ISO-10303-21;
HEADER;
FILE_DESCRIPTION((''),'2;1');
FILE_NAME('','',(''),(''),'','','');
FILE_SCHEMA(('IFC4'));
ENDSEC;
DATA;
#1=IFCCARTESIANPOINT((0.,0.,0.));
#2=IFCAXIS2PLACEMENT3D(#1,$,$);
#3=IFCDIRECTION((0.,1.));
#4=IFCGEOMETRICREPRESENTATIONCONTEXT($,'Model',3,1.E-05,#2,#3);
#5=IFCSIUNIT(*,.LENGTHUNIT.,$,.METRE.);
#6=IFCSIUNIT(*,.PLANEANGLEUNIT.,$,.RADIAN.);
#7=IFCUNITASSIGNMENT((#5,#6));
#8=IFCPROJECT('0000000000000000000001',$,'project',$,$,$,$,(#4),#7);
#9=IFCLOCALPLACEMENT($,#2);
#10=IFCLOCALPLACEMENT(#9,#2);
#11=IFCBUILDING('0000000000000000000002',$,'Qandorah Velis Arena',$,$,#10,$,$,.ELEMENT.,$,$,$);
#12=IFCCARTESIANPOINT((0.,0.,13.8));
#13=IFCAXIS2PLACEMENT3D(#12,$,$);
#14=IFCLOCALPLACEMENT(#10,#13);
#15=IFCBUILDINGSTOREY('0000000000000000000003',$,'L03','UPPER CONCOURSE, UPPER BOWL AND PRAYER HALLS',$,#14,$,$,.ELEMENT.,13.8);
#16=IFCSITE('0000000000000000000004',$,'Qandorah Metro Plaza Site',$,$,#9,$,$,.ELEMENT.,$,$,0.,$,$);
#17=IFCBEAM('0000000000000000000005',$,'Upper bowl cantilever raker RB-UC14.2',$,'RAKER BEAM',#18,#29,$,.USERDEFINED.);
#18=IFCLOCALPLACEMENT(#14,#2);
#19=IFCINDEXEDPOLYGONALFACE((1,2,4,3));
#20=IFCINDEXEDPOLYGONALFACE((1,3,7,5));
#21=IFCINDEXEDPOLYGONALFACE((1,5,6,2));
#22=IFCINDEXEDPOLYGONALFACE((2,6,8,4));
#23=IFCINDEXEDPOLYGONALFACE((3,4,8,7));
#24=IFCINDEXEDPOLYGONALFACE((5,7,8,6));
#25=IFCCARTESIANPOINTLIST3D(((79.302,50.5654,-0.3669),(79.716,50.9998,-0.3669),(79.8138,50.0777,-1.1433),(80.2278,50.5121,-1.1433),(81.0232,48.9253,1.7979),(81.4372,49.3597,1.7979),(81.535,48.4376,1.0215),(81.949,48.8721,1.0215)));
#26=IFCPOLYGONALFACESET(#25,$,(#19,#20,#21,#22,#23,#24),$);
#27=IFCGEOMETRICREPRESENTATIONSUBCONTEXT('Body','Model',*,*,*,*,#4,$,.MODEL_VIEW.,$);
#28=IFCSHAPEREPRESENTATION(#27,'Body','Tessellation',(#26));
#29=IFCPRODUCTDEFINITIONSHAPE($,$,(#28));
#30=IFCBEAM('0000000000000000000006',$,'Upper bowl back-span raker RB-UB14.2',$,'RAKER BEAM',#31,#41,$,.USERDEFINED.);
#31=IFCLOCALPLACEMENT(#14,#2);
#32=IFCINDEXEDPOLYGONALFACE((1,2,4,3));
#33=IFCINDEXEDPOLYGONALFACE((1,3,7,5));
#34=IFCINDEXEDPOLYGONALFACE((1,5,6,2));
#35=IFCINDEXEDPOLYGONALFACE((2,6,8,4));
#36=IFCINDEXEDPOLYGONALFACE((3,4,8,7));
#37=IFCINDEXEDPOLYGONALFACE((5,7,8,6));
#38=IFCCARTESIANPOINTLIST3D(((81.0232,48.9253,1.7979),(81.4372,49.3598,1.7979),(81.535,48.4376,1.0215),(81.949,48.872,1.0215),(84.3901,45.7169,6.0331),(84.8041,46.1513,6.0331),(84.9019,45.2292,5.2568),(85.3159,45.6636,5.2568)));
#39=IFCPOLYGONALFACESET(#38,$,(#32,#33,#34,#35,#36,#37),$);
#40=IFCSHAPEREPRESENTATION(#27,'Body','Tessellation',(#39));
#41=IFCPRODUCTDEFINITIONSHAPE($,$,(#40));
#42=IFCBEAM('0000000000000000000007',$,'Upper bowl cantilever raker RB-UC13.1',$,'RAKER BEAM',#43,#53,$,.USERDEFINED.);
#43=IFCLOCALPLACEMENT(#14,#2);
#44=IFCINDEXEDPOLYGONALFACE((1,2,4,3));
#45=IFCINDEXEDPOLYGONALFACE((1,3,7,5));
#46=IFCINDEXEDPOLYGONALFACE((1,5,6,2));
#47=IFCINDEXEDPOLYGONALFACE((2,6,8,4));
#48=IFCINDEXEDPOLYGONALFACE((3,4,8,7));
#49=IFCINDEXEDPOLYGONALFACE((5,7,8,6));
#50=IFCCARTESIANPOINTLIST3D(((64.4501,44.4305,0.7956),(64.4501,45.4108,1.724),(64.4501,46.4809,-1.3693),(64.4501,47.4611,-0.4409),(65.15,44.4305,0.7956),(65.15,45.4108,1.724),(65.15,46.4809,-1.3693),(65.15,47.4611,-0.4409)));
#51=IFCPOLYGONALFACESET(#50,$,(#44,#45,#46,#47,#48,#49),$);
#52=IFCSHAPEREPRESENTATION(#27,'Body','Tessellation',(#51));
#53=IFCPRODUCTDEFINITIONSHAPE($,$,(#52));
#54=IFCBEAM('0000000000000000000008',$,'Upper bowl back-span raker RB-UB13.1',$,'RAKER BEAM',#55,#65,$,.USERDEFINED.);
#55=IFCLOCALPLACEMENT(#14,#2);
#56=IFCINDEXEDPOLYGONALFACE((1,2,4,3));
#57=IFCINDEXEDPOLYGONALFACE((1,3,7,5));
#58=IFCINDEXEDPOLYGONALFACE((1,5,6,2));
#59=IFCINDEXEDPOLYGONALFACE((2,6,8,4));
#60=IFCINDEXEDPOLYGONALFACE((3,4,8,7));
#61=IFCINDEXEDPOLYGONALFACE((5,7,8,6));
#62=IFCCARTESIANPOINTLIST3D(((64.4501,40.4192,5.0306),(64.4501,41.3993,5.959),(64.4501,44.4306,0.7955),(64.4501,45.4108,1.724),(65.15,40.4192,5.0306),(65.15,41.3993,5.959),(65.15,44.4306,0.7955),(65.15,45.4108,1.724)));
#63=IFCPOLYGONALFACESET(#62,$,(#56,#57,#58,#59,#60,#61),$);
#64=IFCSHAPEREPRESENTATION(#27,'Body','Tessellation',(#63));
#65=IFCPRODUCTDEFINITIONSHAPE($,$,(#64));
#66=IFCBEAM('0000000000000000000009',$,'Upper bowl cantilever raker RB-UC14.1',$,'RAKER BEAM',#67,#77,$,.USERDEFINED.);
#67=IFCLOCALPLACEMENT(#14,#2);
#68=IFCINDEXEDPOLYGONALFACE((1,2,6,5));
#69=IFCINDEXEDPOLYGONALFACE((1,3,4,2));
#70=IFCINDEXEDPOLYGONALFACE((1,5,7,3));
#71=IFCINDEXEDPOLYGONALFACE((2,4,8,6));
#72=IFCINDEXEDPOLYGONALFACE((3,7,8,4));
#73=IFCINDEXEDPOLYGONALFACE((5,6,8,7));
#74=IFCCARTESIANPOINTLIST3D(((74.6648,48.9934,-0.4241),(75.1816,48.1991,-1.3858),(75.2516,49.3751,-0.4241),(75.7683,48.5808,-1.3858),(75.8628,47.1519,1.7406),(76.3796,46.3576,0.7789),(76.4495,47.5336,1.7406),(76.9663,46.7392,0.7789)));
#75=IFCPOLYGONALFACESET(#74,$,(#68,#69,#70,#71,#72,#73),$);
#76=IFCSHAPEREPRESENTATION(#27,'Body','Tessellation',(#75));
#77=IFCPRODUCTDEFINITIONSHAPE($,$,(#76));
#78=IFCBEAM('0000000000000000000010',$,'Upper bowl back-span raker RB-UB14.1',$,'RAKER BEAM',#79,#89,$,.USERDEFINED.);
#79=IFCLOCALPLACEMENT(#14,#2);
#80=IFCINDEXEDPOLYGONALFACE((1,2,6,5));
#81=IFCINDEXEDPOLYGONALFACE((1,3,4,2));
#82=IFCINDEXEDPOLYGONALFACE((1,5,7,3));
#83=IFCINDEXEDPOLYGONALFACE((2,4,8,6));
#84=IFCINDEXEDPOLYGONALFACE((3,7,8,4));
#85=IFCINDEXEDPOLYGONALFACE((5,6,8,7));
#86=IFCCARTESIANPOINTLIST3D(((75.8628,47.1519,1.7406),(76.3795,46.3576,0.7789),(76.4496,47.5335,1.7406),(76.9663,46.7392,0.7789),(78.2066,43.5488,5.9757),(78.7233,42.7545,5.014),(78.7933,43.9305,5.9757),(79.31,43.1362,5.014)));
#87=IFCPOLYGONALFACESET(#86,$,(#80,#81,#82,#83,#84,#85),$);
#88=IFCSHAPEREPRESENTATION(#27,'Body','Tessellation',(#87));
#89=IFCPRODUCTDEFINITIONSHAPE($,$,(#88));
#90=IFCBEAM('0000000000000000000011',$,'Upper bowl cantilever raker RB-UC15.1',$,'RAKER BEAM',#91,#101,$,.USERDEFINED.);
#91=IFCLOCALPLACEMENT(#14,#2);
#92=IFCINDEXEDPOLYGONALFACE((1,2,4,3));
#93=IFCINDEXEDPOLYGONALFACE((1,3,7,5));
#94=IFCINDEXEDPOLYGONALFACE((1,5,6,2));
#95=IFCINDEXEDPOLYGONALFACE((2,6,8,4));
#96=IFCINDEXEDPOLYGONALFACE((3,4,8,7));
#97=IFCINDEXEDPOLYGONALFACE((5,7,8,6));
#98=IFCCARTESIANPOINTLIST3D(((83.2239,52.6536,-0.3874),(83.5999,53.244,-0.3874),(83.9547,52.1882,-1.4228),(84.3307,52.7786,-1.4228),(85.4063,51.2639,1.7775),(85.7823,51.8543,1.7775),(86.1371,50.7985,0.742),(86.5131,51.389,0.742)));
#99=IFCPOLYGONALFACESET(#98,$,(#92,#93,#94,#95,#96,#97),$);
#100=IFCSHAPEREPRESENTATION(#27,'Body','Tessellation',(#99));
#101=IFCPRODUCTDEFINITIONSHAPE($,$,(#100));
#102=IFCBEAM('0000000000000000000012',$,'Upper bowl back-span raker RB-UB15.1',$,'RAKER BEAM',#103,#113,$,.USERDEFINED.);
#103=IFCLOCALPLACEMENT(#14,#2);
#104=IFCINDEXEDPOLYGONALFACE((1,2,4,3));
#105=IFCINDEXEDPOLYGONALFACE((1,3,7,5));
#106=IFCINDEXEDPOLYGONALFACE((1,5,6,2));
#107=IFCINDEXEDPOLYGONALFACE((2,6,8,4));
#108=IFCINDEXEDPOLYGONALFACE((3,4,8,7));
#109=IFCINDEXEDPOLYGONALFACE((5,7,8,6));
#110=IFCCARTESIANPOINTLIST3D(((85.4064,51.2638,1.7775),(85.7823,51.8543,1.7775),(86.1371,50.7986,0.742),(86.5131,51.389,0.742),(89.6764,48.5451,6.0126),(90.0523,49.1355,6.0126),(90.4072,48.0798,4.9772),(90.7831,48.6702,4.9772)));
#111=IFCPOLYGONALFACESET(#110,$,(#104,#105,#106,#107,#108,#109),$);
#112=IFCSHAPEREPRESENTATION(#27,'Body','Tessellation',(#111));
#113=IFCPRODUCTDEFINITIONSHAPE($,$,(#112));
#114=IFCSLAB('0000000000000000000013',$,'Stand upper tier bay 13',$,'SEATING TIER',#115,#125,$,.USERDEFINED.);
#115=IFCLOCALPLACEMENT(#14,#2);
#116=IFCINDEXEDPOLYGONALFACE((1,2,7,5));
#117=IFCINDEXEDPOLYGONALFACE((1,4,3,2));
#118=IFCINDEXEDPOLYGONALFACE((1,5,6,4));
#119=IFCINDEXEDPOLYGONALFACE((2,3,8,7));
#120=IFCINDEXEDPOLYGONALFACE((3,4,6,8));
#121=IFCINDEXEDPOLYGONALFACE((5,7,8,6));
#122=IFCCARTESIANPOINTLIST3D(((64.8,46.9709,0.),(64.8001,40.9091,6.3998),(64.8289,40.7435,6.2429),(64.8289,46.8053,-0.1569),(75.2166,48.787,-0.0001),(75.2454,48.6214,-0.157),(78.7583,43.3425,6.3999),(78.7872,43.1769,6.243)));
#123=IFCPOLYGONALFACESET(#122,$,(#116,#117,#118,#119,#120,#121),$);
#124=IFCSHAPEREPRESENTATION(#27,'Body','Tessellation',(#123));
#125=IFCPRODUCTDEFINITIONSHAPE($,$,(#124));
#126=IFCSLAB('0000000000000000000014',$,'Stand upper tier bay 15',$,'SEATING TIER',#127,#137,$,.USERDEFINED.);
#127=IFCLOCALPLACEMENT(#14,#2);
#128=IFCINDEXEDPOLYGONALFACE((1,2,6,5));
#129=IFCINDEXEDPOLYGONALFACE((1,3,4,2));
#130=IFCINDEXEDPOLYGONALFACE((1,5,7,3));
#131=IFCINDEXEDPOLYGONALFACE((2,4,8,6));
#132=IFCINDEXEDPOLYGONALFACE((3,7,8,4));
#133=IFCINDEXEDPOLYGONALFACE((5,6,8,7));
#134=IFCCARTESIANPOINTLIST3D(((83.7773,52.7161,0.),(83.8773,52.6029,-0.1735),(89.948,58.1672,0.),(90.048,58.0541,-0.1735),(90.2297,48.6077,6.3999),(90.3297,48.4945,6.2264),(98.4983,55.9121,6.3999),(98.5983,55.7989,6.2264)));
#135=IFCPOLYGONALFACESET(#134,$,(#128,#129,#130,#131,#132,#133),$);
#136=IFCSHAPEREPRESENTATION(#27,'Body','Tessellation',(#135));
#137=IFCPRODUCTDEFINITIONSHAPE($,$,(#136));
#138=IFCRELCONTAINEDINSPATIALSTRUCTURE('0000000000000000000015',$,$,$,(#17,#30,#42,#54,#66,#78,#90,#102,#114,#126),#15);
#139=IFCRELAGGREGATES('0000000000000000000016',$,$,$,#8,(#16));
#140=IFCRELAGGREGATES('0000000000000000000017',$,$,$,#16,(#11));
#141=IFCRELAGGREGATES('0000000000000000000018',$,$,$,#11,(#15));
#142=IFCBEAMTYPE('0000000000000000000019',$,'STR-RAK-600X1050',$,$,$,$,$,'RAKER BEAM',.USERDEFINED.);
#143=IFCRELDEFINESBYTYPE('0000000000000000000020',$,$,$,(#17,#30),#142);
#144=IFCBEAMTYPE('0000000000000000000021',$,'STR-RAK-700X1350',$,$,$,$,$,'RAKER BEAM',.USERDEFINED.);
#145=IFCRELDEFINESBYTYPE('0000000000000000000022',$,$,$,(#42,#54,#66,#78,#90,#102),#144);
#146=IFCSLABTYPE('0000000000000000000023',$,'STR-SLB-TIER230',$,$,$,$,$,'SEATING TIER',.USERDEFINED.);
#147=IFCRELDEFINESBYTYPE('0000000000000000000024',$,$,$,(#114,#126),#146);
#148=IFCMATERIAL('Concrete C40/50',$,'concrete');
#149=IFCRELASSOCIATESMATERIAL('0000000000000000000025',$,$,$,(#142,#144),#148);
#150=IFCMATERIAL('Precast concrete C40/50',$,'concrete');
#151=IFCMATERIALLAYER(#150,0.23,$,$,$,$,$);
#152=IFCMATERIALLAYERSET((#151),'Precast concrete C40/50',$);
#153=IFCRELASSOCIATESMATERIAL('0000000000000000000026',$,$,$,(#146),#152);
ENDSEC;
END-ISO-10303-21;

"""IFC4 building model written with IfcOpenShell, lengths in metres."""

from ifc_helpers import new_model, si_unit, direction, frame, origin, origin_2d, place, context, subcontext, project, spatial, polyline, rectangle, outline, extrude, material, layer, layer_set, material_profile, profile_set, type_object, element, save


model = new_model("IFC4")

# Units and contexts
model_context = context("Model", 3, precision=1e-05, world=origin(), true_north=direction((0.0, 1.0)))
body_context = subcontext(model_context, "Body", "Model", "MODEL_VIEW")
ifc_project = project(units=[si_unit("LENGTHUNIT", "METRE"), si_unit("PLANEANGLEUNIT", "RADIAN")], contexts=[model_context])

# Site, building, storey
site_placement = place(None, origin())
site = spatial("IfcSite", under=ifc_project, at=site_placement, Name="Qandorah Metro Plaza Site", CompositionType="ELEMENT", RefElevation=0.0)
building_placement = place(site_placement, origin())
building = spatial("IfcBuilding", under=site, at=building_placement, Name="Qandorah Velis Arena", CompositionType="ELEMENT")
storey_placement = place(building_placement, frame((0.0, 0.0, 13.8)))
storey = spatial("IfcBuildingStorey", under=building, at=storey_placement, Name="L03", Description="UPPER CONCOURSE, UPPER BOWL AND PRAYER HALLS", CompositionType="ELEMENT", Elevation=13.8)

# Shared definitions
ifc_material_1 = material(Name="Concrete C40/50", Category="concrete")

# Beams
ifc_material_profile_1 = material_profile(ifc_material_1, rectangle(XDim=0.6001, YDim=1.05, at=origin_2d()), Name="RC RAKER 600x1050")
ifc_profile_set_1 = profile_set([ifc_material_profile_1], Name="Concrete C40/50")
beam_type_1 = type_object("IfcBeamType", Name="STR-RAK-600X1050", ElementType="RAKER BEAM", PredefinedType="USERDEFINED", material=ifc_profile_set_1)
beam_1_placement = place(storey_placement, frame((81.4861, 48.8987, 1.4097), z_axis=(-0.535294, 0.510086, -0.673255), x_axis=(-0.689855, -0.723947, 0.0)))
element("IfcBeam", 1, at=beam_1_placement, inside=storey, type_object=beam_type_1, Name="Upper bowl cantilever raker RB-UC14.2", ObjectType="RAKER BEAM", PredefinedType="USERDEFINED", context=body_context, shape_type="SweptSolid", body=[
    extrude(rectangle(XDim=0.6001, YDim=1.05, at=origin_2d()), origin(), (0.0, 0.0, 1.0), 3.2153),
])
beam_2_placement = place(storey_placement, frame((81.4861, 48.8987, 1.4097), z_axis=(0.535252, -0.510063, 0.673305), x_axis=(0.689867, 0.723936, 0.0)))
element("IfcBeam", 2, at=beam_2_placement, inside=storey, type_object=beam_type_1, Name="Upper bowl back-span raker RB-UB14.2", ObjectType="RAKER BEAM", PredefinedType="USERDEFINED", context=body_context, shape_type="SweptSolid", body=[
    extrude(rectangle(XDim=0.6001, YDim=1.05, at=origin_2d()), origin(), (0.0, 0.0, 1.0), 6.2903),
])
ifc_material_profile_2 = material_profile(ifc_material_1, rectangle(XDim=0.7, YDim=1.3501, at=origin_2d()), Name="RC RAKER 700x1350")
ifc_profile_set_2 = profile_set([ifc_material_profile_2], Name="Concrete C40/50")
beam_type_2 = type_object("IfcBeamType", Name="STR-RAK-700X1350", ElementType="RAKER BEAM", PredefinedType="USERDEFINED", material=ifc_profile_set_2)
beam_3_placement = place(storey_placement, frame((64.8, 44.9207, 1.2598), z_axis=(0.0, 0.687645, -0.726047), x_axis=(-1.0, 0.0, 0.0)))
element("IfcBeam", 3, at=beam_3_placement, inside=storey, type_object=beam_type_2, Name="Upper bowl cantilever raker RB-UC13.1", ObjectType="RAKER BEAM", PredefinedType="USERDEFINED", context=body_context, shape_type="SweptSolid", body=[
    extrude(rectangle(XDim=0.7, YDim=1.3501, at=origin_2d()), origin(), (0.0, 0.0, 1.0), 2.9817),
])
beam_4_placement = place(storey_placement, frame((64.8, 44.9207, 1.2598), z_axis=(0.0, -0.687678, 0.726015), x_axis=(1.0, 0.0, 0.0)))
element("IfcBeam", 4, at=beam_4_placement, inside=storey, type_object=beam_type_2, Name="Upper bowl back-span raker RB-UB13.1", ObjectType="RAKER BEAM", PredefinedType="USERDEFINED", context=body_context, shape_type="SweptSolid", body=[
    extrude(rectangle(XDim=0.7, YDim=1.3501, at=origin_2d()), origin(), (0.0, 0.0, 1.0), 5.8333),
])
beam_5_placement = place(storey_placement, frame((76.4146, 46.9456, 1.2598), z_axis=(-0.388419, 0.597075, -0.701878), x_axis=(-0.838238, -0.545305, 0.0)))
element("IfcBeam", 5, at=beam_5_placement, inside=storey, type_object=beam_type_2, Name="Upper bowl cantilever raker RB-UC14.1", ObjectType="RAKER BEAM", PredefinedType="USERDEFINED", context=body_context, shape_type="SweptSolid", body=[
    extrude(rectangle(XDim=0.7, YDim=1.3501, at=origin_2d()), origin(), (0.0, 0.0, 1.0), 3.0842),
])
beam_6_placement = place(storey_placement, frame((76.4146, 46.9456, 1.2598), z_axis=(0.388414, -0.597105, 0.701855), x_axis=(0.838254, 0.54528, 0.0)))
element("IfcBeam", 6, at=beam_6_placement, inside=storey, type_object=beam_type_2, Name="Upper bowl back-span raker RB-UB14.1", ObjectType="RAKER BEAM", PredefinedType="USERDEFINED", context=body_context, shape_type="SweptSolid", body=[
    extrude(rectangle(XDim=0.7, YDim=1.3501, at=origin_2d()), origin(), (0.0, 0.0, 1.0), 6.0342),
])
beam_7_placement = place(storey_placement, frame((85.9597, 51.3264, 1.2598), z_axis=(-0.646925, 0.411936, -0.641714), x_axis=(-0.537114, -0.84351, 0.0)))
element("IfcBeam", 7, at=beam_7_placement, inside=storey, type_object=beam_type_2, Name="Upper bowl cantilever raker RB-UC15.1", ObjectType="RAKER BEAM", PredefinedType="USERDEFINED", context=body_context, shape_type="SweptSolid", body=[
    extrude(rectangle(XDim=0.7, YDim=1.3501, at=origin_2d()), origin(), (0.0, 0.0, 1.0), 3.3735),
])
beam_8_placement = place(storey_placement, frame((85.9597, 51.3264, 1.2598), z_axis=(0.646967, -0.411928, 0.641677), x_axis=(0.537081, 0.84353, 0.0)))
element("IfcBeam", 8, at=beam_8_placement, inside=storey, type_object=beam_type_2, Name="Upper bowl back-span raker RB-UB15.1", ObjectType="RAKER BEAM", PredefinedType="USERDEFINED", context=body_context, shape_type="SweptSolid", body=[
    extrude(rectangle(XDim=0.7, YDim=1.3501, at=origin_2d()), origin(), (0.0, 0.0, 1.0), 6.6001),
])

# Slabs
ifc_material_2 = material(Name="Precast concrete C40/50", Category="concrete")
ifc_layer = layer(ifc_material_2, 0.23)
ifc_layer_set = layer_set([ifc_layer], Name="Precast concrete C40/50")
slab_type = type_object("IfcSlabType", Name="STR-SLB-TIER230", ElementType="SEATING TIER", PredefinedType="USERDEFINED", material=ifc_layer_set)
slab_1_placement = place(storey_placement, frame((64.8, 46.9709, 0.0), z_axis=(-0.125573, 0.720271, 0.682232), x_axis=(0.985139, 0.171756, -0.000007)))
element("IfcSlab", 9, at=slab_1_placement, inside=storey, type_object=slab_type, Name="Stand upper tier bay 13", ObjectType="SEATING TIER", PredefinedType="USERDEFINED", context=body_context, shape_type="SweptSolid", body=[
    extrude(outline(polyline([(0.0, 0.0), (10.5736, 0.0), (13.1276, -8.7535), (-1.0412, -8.7533), (0.0, 0.0)])), origin(), (0.0, 0.0, -1.0), 0.23),
])
slab_2_placement = place(storey_placement, frame((83.7773, 52.7161, 0.0), z_axis=(-0.434733, 0.492113, 0.75421), x_axis=(0.749448, 0.662064, 0.0)))
element("IfcSlab", 10, at=slab_2_placement, inside=storey, type_object=slab_type, Name="Stand upper tier bay 15", ObjectType="SEATING TIER", PredefinedType="USERDEFINED", context=body_context, shape_type="SweptSolid", body=[
    extrude(outline(polyline([(0.0, 0.0), (8.2336, 0.0), (13.1486, -9.7465), (2.1157, -9.7465), (0.0, 0.0)])), origin(), (0.0, 0.0, -1.0), 0.23),
])

save(model, "model.ifc")
